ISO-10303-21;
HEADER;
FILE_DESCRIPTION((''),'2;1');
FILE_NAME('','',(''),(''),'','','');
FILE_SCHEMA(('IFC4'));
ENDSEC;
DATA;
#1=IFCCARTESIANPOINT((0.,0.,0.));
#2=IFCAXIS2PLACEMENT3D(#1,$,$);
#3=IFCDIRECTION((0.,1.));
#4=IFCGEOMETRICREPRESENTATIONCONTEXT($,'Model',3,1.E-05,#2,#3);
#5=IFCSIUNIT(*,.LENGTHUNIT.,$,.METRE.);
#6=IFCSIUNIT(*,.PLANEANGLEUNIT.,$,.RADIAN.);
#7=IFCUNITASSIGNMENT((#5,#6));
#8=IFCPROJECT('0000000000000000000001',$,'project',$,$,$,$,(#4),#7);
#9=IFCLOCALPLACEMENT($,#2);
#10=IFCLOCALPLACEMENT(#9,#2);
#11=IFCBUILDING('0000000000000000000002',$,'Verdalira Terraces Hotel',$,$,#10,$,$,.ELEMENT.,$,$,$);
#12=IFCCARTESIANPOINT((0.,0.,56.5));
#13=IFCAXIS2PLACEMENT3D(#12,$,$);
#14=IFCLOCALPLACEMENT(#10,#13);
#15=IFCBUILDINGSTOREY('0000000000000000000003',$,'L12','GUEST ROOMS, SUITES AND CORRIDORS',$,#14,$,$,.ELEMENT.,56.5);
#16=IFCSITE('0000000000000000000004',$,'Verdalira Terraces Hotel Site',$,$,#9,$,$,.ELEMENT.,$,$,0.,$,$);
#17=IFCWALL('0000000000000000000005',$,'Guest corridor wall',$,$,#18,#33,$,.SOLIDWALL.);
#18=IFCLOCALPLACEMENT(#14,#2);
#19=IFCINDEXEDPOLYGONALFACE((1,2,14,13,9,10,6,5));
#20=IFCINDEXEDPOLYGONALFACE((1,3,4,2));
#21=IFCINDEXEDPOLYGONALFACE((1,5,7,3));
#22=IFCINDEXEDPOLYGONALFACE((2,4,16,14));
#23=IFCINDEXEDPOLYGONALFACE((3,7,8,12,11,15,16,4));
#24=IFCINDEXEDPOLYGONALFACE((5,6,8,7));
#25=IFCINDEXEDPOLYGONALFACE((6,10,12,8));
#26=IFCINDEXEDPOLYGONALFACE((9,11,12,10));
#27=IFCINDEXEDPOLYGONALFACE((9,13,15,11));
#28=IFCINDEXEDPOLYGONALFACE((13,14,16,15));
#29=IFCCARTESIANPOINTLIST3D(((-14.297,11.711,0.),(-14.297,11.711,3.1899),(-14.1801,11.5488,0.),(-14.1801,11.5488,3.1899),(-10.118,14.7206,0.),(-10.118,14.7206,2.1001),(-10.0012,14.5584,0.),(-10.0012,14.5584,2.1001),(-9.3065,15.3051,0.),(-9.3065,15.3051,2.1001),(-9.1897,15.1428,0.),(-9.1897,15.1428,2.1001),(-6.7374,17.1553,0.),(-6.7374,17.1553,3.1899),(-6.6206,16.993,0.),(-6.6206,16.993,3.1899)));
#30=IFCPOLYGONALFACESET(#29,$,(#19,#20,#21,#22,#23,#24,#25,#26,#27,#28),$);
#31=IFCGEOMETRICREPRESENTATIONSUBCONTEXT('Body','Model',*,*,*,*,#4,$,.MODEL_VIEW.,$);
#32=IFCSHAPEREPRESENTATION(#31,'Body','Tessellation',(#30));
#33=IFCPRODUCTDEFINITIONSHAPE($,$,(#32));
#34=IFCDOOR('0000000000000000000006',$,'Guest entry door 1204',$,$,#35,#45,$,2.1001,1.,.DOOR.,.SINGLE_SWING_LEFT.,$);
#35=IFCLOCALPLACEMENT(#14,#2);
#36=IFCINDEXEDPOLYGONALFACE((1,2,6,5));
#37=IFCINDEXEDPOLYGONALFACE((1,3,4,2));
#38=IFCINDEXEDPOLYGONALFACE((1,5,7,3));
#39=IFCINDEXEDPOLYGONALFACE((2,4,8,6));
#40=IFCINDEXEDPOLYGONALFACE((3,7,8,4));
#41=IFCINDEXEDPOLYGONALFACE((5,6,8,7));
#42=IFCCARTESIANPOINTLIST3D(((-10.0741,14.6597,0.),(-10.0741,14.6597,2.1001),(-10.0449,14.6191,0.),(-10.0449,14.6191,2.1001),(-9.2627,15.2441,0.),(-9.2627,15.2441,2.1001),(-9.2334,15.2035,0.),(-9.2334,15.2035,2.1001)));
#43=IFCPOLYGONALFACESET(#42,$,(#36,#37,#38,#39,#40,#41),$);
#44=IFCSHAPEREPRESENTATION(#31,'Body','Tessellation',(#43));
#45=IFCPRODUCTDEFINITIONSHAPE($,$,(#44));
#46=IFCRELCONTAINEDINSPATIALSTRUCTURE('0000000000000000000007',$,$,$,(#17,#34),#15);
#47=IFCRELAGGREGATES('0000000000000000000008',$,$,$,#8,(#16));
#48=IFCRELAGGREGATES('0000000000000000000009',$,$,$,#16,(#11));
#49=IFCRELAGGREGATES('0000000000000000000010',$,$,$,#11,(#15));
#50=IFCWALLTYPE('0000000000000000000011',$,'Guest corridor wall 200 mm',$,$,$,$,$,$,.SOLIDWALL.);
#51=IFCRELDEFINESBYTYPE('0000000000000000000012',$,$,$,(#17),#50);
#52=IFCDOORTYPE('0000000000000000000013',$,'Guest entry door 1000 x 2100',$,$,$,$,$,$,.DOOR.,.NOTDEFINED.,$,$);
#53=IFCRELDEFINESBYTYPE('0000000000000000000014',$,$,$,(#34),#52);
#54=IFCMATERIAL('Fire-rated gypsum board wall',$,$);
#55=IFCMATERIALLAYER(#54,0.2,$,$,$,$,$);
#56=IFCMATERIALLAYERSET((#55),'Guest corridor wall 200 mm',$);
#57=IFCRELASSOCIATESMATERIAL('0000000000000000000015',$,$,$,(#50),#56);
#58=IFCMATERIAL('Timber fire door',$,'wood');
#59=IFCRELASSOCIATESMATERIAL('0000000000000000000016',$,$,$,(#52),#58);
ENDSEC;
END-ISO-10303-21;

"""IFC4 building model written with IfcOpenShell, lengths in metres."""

from ifc_helpers import new_model, si_unit, direction, frame, frame_2d, origin, place, context, subcontext, project, spatial, rectangle, extrude, material, layer, layer_set, type_object, element, fill, save


model = new_model("IFC4")

# Units and contexts
model_context = context("Model", 3, precision=1e-05, world=origin(), true_north=direction((0.0, 1.0)))
body_context = subcontext(model_context, "Body", "Model", "MODEL_VIEW")
ifc_project = project(units=[si_unit("LENGTHUNIT", "METRE"), si_unit("PLANEANGLEUNIT", "RADIAN")], contexts=[model_context])

# Site, building, storey
site_placement = place(None, origin())
site = spatial("IfcSite", under=ifc_project, at=site_placement, Name="Verdalira Terraces Hotel Site", CompositionType="ELEMENT", RefElevation=0.0)
building_placement = place(site_placement, origin())
building = spatial("IfcBuilding", under=site, at=building_placement, Name="Verdalira Terraces Hotel", CompositionType="ELEMENT")
storey_placement = place(building_placement, frame((0.0, 0.0, 56.5)))
storey = spatial("IfcBuildingStorey", under=building, at=storey_placement, Name="L12", Description="GUEST ROOMS, SUITES AND CORRIDORS", CompositionType="ELEMENT", Elevation=56.5)

# Shared definitions
ifc_material_1 = material(Name="Fire-rated gypsum board wall")
ifc_layer_1 = layer(ifc_material_1, 0.2)
ifc_layer_set_1 = layer_set([ifc_layer_1], Name="Guest corridor wall 200 mm")
wall_type_1 = type_object("IfcWallType", Name="Guest corridor wall 200 mm", PredefinedType="SOLIDWALL", material=ifc_layer_set_1)

# Wall, opening, door
ifc_material_2 = material(Name="Timber fire door", Category="wood")
door_type_1 = type_object("IfcDoorType", Name="Guest entry door 1000 x 2100", OperationType="NOTDEFINED", PredefinedType="DOOR", material=ifc_material_2)
wall_1_placement = place(storey_placement, frame((-14.2385, 11.6299, 0.0), z_axis=(0.0, 0.0, 1.0), x_axis=(0.811461, 0.584407, 0.0)))
wall_1 = element("IfcWall", 1, at=wall_1_placement, inside=storey, type_object=wall_type_1, Name="Guest corridor wall", PredefinedType="SOLIDWALL", context=body_context, shape_type="SweptSolid", body=[
    extrude(rectangle(XDim=9.3159, YDim=0.2, at=frame_2d((4.658, 0.0))), origin(), (0.0, 0.0, 1.0), 3.1899),
])
opening_1_placement = place(wall_1_placement, frame((5.1499, 0.0, 0.0)))
opening_1 = element("IfcOpeningElement", 2, at=opening_1_placement, cuts=wall_1, PredefinedType="OPENING", context=body_context, shape_type="SweptSolid", body=[
    extrude(rectangle(XDim=1.0, YDim=2.1001, at=frame_2d((0.5, 1.05))), frame((0.0, 0.1099, 0.0), z_axis=(0.0, -1.0, 0.0), x_axis=(1.0, 0.0, 0.0)), (0.0, 0.0, 1.0), 0.22),
])
door_1_placement = place(opening_1_placement, origin())
door_1 = element("IfcDoor", 3, at=door_1_placement, inside=storey, type_object=door_type_1, Name="Guest entry door 1204", OperationType="SINGLE_SWING_LEFT", OverallHeight=2.1001, OverallWidth=1.0, PredefinedType="DOOR", context=body_context, shape_type="SweptSolid", body=[
    extrude(rectangle(XDim=1.0, YDim=2.1001, at=frame_2d((0.5, 1.05))), frame((0.0, 0.0249, 0.0), z_axis=(0.0, -1.0, 0.0), x_axis=(1.0, 0.0, 0.0)), (0.0, 0.0, 1.0), 0.05),
])
fill(opening_1, door_1)

save(model, "model.ifc")
